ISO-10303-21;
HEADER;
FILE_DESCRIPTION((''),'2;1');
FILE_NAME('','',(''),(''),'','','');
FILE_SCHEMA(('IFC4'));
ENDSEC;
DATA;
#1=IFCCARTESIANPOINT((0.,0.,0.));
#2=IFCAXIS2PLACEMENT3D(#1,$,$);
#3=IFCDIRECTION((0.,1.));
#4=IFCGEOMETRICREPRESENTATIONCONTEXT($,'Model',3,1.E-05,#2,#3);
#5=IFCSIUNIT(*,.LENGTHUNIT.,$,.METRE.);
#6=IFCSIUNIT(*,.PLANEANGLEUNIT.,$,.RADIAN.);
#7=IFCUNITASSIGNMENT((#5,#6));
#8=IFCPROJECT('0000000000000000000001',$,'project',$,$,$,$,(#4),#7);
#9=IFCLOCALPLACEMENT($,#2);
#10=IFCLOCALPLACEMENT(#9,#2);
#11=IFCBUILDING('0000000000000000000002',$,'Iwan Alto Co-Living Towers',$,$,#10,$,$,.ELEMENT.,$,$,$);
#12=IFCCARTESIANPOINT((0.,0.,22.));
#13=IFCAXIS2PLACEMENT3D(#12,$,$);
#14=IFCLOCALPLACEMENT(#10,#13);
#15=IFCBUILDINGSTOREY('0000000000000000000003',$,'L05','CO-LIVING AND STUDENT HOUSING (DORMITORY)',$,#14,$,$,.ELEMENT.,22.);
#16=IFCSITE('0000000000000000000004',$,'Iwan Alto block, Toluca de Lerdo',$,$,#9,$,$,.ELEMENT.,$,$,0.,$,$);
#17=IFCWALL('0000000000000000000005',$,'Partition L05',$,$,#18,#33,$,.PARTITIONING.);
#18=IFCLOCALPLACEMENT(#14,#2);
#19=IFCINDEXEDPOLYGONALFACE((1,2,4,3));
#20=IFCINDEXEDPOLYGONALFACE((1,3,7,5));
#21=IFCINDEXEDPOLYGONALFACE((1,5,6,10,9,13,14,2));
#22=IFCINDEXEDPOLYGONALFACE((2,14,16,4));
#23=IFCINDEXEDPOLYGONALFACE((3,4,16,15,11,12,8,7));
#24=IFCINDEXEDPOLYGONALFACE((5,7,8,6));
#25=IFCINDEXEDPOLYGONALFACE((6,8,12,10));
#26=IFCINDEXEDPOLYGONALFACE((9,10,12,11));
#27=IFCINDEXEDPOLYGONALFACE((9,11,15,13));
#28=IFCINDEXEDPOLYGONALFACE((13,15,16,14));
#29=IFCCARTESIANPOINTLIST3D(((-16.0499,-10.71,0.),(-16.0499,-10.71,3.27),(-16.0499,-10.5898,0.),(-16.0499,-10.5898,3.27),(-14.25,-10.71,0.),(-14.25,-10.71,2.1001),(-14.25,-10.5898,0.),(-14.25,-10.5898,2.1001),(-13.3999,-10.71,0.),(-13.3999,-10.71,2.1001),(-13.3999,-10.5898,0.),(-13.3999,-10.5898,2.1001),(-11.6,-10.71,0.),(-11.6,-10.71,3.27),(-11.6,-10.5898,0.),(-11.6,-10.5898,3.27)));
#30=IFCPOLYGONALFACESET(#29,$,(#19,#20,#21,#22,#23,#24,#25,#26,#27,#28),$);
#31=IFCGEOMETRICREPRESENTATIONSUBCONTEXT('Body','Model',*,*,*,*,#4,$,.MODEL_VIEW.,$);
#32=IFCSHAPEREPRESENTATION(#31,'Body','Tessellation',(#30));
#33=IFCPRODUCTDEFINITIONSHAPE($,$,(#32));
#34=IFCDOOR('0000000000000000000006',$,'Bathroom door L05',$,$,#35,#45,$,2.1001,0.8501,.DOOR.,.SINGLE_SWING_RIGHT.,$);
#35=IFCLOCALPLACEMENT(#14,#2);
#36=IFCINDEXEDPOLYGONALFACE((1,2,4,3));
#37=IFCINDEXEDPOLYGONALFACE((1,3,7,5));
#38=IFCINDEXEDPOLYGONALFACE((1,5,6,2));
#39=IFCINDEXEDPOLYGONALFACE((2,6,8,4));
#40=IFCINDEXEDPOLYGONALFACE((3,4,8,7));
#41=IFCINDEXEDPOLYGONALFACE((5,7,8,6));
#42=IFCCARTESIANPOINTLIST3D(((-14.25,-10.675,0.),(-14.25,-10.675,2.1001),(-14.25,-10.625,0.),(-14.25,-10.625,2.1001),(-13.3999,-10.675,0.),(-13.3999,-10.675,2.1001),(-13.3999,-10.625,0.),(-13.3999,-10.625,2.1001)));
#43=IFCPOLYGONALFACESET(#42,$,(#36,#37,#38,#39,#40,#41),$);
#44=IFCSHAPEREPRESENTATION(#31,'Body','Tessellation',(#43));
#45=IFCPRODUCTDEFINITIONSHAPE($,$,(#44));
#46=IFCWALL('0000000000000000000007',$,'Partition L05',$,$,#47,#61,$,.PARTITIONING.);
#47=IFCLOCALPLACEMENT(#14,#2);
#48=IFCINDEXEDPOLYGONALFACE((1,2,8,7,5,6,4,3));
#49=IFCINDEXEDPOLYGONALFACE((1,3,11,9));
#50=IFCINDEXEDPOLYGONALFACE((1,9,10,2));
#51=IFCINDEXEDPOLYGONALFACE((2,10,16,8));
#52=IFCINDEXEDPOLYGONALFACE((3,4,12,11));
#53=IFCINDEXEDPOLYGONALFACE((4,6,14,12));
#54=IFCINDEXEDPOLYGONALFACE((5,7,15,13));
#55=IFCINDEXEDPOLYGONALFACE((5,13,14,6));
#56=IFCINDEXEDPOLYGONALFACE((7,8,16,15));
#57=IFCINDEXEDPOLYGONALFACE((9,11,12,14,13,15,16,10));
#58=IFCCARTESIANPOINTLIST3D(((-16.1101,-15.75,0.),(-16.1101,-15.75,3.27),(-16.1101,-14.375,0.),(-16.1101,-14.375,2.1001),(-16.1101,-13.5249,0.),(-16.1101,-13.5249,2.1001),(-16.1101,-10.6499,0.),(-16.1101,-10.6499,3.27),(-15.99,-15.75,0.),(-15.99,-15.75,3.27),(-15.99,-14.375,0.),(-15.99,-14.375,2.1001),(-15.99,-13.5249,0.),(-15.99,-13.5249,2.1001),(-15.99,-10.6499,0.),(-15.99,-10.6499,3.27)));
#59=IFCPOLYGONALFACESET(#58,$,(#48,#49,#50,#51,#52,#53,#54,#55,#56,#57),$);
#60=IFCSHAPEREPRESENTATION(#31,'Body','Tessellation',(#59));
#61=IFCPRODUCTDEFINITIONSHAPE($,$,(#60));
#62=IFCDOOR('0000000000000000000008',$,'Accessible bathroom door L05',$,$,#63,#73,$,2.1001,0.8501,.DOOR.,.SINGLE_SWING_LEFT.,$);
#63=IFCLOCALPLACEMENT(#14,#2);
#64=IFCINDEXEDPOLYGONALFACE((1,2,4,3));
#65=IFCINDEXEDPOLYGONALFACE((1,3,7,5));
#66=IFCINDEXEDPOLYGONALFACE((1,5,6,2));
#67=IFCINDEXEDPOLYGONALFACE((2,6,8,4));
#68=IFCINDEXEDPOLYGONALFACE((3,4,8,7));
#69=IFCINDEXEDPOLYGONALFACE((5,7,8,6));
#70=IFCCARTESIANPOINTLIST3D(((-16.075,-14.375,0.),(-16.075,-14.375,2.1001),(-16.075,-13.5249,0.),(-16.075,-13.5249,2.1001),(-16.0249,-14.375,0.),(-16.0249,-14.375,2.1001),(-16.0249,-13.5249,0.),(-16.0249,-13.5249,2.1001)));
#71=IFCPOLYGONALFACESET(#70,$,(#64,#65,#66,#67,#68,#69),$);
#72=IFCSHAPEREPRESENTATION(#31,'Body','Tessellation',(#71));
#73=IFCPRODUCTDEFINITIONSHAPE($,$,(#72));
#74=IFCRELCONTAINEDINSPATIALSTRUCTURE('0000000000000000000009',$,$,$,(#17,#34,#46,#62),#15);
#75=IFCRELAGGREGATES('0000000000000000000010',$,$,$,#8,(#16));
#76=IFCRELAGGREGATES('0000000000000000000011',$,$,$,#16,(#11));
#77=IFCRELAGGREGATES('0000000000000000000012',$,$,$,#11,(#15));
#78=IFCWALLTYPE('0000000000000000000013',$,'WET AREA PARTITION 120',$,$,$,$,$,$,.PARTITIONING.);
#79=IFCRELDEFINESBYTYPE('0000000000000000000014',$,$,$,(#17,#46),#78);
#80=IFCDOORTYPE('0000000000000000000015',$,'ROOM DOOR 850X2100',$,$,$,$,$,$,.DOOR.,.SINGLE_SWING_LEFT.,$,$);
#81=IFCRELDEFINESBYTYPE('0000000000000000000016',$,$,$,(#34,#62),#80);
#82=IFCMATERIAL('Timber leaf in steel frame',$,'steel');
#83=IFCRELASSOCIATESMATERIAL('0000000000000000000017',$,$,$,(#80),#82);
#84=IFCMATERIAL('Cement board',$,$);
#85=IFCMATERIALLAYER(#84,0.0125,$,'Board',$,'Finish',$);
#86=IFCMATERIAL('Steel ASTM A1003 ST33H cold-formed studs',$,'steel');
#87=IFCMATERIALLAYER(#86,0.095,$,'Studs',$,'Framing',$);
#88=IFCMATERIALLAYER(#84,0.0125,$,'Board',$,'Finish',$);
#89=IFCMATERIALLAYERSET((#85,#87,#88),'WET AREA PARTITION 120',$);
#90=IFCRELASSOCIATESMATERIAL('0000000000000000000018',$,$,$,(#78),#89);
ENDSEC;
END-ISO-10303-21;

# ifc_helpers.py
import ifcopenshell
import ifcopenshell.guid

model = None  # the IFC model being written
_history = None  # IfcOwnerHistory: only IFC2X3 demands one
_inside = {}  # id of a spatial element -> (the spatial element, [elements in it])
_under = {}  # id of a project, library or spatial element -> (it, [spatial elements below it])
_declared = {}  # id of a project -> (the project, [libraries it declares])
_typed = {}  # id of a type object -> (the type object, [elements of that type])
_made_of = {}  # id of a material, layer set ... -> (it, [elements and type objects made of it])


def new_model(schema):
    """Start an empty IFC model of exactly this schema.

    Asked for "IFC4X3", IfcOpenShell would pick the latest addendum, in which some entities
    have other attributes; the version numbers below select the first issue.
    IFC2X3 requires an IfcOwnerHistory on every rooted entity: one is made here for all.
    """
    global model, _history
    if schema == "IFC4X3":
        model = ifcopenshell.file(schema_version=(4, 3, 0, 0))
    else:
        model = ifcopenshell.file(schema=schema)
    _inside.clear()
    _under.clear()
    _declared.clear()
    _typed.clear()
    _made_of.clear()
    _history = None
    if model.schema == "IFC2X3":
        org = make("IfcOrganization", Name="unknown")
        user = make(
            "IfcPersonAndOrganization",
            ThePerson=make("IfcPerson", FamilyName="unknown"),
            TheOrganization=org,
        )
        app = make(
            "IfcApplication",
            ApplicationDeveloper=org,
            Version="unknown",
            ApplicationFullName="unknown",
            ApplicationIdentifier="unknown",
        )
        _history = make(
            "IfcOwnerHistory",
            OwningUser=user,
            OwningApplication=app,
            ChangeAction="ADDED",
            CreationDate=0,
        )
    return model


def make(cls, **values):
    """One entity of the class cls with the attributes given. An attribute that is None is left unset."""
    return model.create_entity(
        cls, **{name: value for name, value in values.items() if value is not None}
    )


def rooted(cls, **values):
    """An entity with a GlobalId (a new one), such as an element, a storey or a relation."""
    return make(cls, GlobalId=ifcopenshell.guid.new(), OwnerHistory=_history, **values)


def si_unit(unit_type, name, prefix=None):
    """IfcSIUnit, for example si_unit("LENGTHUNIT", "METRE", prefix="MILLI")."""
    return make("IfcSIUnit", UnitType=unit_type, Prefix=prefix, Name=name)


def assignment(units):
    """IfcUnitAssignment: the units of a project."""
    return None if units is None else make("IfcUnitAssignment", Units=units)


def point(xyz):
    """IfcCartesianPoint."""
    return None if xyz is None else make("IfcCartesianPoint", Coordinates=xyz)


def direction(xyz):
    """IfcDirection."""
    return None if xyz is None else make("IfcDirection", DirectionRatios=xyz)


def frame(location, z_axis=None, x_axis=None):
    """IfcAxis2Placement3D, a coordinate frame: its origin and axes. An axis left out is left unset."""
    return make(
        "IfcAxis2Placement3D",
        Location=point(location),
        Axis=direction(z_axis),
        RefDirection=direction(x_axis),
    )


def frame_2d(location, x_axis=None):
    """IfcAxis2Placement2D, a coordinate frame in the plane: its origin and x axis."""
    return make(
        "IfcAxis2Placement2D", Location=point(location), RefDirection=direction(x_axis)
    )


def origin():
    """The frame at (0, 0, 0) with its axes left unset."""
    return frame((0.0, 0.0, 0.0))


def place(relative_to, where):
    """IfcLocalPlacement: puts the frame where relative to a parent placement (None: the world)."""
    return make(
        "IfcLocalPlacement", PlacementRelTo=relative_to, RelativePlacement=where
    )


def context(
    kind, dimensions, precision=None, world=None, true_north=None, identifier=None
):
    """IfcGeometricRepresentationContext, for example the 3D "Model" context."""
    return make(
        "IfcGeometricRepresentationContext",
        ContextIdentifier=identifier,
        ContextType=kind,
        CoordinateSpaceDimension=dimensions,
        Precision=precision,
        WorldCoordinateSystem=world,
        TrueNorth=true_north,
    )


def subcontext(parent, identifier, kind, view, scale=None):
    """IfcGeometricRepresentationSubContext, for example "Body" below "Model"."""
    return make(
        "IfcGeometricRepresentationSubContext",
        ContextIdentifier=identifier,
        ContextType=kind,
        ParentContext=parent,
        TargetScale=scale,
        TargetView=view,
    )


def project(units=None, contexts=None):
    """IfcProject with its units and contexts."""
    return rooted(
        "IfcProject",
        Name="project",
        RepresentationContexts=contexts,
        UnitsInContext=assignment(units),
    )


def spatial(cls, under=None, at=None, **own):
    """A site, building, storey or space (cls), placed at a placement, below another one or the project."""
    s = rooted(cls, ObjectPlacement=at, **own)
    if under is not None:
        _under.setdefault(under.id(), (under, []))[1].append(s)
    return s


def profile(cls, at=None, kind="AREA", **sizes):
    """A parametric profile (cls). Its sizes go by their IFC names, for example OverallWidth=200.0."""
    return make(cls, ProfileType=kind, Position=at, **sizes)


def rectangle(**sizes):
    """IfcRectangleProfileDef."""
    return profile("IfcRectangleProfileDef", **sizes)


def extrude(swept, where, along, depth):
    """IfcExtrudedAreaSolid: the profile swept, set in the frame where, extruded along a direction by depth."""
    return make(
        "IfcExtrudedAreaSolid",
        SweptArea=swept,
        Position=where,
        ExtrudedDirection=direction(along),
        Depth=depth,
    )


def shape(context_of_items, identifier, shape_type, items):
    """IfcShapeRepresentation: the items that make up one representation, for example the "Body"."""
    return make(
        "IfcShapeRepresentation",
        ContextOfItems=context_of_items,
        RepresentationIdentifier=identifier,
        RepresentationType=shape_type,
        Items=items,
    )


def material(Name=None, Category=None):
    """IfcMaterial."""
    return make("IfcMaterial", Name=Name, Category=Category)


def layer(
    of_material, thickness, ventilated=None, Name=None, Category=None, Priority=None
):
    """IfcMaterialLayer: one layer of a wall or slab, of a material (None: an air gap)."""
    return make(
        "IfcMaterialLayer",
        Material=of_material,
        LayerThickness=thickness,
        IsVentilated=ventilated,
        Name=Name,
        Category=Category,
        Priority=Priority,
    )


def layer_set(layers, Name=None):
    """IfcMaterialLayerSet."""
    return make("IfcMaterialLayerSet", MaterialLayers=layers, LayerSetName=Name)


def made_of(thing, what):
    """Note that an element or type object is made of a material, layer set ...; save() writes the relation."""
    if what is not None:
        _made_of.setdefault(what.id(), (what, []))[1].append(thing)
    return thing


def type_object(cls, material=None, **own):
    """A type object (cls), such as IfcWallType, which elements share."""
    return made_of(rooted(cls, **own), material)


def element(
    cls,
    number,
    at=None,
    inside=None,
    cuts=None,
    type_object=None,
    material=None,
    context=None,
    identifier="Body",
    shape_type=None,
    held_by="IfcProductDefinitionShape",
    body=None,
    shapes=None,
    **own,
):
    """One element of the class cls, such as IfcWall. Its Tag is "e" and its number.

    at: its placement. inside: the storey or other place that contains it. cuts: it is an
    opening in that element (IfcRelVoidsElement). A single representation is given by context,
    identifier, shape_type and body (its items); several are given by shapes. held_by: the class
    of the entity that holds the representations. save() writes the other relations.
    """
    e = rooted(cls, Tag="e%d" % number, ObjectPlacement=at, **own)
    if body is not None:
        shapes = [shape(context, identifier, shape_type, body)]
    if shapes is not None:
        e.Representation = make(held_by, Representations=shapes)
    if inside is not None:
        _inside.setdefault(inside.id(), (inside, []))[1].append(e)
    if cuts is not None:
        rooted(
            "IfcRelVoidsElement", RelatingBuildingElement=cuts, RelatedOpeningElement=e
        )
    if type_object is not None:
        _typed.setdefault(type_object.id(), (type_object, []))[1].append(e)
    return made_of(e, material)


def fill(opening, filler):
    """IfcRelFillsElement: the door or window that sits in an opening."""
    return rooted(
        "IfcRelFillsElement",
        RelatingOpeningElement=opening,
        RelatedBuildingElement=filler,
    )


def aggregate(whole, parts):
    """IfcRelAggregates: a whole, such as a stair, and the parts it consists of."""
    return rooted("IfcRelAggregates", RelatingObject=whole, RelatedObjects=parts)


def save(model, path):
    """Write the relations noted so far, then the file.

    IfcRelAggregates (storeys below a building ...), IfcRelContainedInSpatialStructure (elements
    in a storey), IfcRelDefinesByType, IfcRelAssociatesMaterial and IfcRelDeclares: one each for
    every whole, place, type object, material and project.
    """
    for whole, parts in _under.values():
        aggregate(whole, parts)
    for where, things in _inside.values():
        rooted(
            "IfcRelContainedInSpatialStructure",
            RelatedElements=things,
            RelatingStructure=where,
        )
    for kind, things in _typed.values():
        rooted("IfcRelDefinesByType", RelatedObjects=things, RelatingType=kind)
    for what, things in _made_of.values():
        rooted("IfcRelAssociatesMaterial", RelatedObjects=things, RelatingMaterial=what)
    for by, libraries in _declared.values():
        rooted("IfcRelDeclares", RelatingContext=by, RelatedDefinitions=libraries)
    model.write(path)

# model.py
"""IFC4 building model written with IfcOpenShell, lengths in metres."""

from ifc_helpers import new_model, si_unit, direction, frame, frame_2d, origin, place, context, subcontext, project, spatial, rectangle, extrude, material, layer, layer_set, type_object, element, fill, save


model = new_model("IFC4")

# Units and contexts
model_context = context("Model", 3, precision=1e-05, world=origin(), true_north=direction((0.0, 1.0)))
body_context = subcontext(model_context, "Body", "Model", "MODEL_VIEW")
ifc_project = project(units=[si_unit("LENGTHUNIT", "METRE"), si_unit("PLANEANGLEUNIT", "RADIAN")], contexts=[model_context])

# Site, building, storey
site_placement = place(None, origin())
site = spatial("IfcSite", under=ifc_project, at=site_placement, Name="Iwan Alto block, Toluca de Lerdo", CompositionType="ELEMENT", RefElevation=0.0)
building_placement = place(site_placement, origin())
building = spatial("IfcBuilding", under=site, at=building_placement, Name="Iwan Alto Co-Living Towers", CompositionType="ELEMENT")
storey_placement = place(building_placement, frame((0.0, 0.0, 22.0)))
storey = spatial("IfcBuildingStorey", under=building, at=storey_placement, Name="L05", Description="CO-LIVING AND STUDENT HOUSING (DORMITORY)", CompositionType="ELEMENT", Elevation=22.0)

# Shared definitions
ifc_material_1 = material(Name="Steel ASTM A1003 ST33H cold-formed studs", Category="steel")

# Shared definitions
ifc_material_2 = material(Name="Timber leaf in steel frame", Category="steel")
door_type_1 = type_object("IfcDoorType", Name="ROOM DOOR 850X2100", OperationType="SINGLE_SWING_LEFT", PredefinedType="DOOR", material=ifc_material_2)

# Shared definitions
ifc_material_3 = material(Name="Cement board")
ifc_layer_1 = layer(ifc_material_3, 0.0125, Name="Board", Category="Finish")
ifc_layer_2 = layer(ifc_material_1, 0.095, Name="Studs", Category="Framing")
ifc_layer_3 = layer(ifc_material_3, 0.0125, Name="Board", Category="Finish")
ifc_layer_set_1 = layer_set([ifc_layer_1, ifc_layer_2, ifc_layer_3], Name="WET AREA PARTITION 120")
wall_type_1 = type_object("IfcWallType", Name="WET AREA PARTITION 120", PredefinedType="PARTITIONING", material=ifc_layer_set_1)

# Walls, openings, doors
wall_1_placement = place(storey_placement, frame((-16.05, -10.6499, 0.0), z_axis=(0.0, 0.0, 1.0), x_axis=(1.0, 0.0, 0.0)))
wall_1 = element("IfcWall", 1, at=wall_1_placement, inside=storey, type_object=wall_type_1, Name="Partition L05", PredefinedType="PARTITIONING", context=body_context, shape_type="SweptSolid", body=[
    extrude(rectangle(XDim=4.45, YDim=0.1201, at=frame_2d((2.2251, 0.0))), origin(), (0.0, 0.0, 1.0), 3.27),
])
opening_1_placement = place(wall_1_placement, frame((1.8, 0.0, 0.0)))
opening_1 = element("IfcOpeningElement", 2, at=opening_1_placement, cuts=wall_1, PredefinedType="OPENING", context=body_context, shape_type="SweptSolid", body=[
    extrude(rectangle(XDim=0.8501, YDim=2.1001, at=frame_2d((0.425, 1.05))), frame((0.0, 0.0701, 0.0), z_axis=(0.0, -1.0, 0.0), x_axis=(1.0, 0.0, 0.0)), (0.0, 0.0, 1.0), 0.1401),
])
door_1_placement = place(opening_1_placement, origin())
door_1 = element("IfcDoor", 3, at=door_1_placement, inside=storey, type_object=door_type_1, Name="Bathroom door L05", OperationType="SINGLE_SWING_RIGHT", OverallHeight=2.1001, OverallWidth=0.8501, PredefinedType="DOOR", context=body_context, shape_type="SweptSolid", body=[
    extrude(rectangle(XDim=0.8501, YDim=2.1001, at=frame_2d((0.425, 1.05))), frame((0.0, 0.0249, 0.0), z_axis=(0.0, -1.0, 0.0), x_axis=(1.0, 0.0, 0.0)), (0.0, 0.0, 1.0), 0.05),
])
fill(opening_1, door_1)
wall_2_placement = place(storey_placement, frame((-16.05, -15.75, 0.0), z_axis=(0.0, 0.0, 1.0), x_axis=(0.0, 1.0, 0.0)))
wall_2 = element("IfcWall", 4, at=wall_2_placement, inside=storey, type_object=wall_type_1, Name="Partition L05", PredefinedType="PARTITIONING", context=body_context, shape_type="SweptSolid", body=[
    extrude(rectangle(XDim=5.1001, YDim=0.1201, at=frame_2d((2.55, 0.0))), origin(), (0.0, 0.0, 1.0), 3.27),
])
opening_2_placement = place(wall_2_placement, frame((1.375, 0.0, 0.0)))
opening_2 = element("IfcOpeningElement", 5, at=opening_2_placement, cuts=wall_2, PredefinedType="OPENING", context=body_context, shape_type="SweptSolid", body=[
    extrude(rectangle(XDim=0.8501, YDim=2.1001, at=frame_2d((0.425, 1.05))), frame((0.0, 0.0701, 0.0), z_axis=(0.0, -1.0, 0.0), x_axis=(1.0, 0.0, 0.0)), (0.0, 0.0, 1.0), 0.1401),
])
door_2_placement = place(opening_2_placement, origin())
door_2 = element("IfcDoor", 6, at=door_2_placement, inside=storey, type_object=door_type_1, Name="Accessible bathroom door L05", OperationType="SINGLE_SWING_LEFT", OverallHeight=2.1001, OverallWidth=0.8501, PredefinedType="DOOR", context=body_context, shape_type="SweptSolid", body=[
    extrude(rectangle(XDim=0.8501, YDim=2.1001, at=frame_2d((0.425, 1.05))), frame((0.0, 0.0249, 0.0), z_axis=(0.0, -1.0, 0.0), x_axis=(1.0, 0.0, 0.0)), (0.0, 0.0, 1.0), 0.05),
])
fill(opening_2, door_2)

save(model, "model.ifc")
